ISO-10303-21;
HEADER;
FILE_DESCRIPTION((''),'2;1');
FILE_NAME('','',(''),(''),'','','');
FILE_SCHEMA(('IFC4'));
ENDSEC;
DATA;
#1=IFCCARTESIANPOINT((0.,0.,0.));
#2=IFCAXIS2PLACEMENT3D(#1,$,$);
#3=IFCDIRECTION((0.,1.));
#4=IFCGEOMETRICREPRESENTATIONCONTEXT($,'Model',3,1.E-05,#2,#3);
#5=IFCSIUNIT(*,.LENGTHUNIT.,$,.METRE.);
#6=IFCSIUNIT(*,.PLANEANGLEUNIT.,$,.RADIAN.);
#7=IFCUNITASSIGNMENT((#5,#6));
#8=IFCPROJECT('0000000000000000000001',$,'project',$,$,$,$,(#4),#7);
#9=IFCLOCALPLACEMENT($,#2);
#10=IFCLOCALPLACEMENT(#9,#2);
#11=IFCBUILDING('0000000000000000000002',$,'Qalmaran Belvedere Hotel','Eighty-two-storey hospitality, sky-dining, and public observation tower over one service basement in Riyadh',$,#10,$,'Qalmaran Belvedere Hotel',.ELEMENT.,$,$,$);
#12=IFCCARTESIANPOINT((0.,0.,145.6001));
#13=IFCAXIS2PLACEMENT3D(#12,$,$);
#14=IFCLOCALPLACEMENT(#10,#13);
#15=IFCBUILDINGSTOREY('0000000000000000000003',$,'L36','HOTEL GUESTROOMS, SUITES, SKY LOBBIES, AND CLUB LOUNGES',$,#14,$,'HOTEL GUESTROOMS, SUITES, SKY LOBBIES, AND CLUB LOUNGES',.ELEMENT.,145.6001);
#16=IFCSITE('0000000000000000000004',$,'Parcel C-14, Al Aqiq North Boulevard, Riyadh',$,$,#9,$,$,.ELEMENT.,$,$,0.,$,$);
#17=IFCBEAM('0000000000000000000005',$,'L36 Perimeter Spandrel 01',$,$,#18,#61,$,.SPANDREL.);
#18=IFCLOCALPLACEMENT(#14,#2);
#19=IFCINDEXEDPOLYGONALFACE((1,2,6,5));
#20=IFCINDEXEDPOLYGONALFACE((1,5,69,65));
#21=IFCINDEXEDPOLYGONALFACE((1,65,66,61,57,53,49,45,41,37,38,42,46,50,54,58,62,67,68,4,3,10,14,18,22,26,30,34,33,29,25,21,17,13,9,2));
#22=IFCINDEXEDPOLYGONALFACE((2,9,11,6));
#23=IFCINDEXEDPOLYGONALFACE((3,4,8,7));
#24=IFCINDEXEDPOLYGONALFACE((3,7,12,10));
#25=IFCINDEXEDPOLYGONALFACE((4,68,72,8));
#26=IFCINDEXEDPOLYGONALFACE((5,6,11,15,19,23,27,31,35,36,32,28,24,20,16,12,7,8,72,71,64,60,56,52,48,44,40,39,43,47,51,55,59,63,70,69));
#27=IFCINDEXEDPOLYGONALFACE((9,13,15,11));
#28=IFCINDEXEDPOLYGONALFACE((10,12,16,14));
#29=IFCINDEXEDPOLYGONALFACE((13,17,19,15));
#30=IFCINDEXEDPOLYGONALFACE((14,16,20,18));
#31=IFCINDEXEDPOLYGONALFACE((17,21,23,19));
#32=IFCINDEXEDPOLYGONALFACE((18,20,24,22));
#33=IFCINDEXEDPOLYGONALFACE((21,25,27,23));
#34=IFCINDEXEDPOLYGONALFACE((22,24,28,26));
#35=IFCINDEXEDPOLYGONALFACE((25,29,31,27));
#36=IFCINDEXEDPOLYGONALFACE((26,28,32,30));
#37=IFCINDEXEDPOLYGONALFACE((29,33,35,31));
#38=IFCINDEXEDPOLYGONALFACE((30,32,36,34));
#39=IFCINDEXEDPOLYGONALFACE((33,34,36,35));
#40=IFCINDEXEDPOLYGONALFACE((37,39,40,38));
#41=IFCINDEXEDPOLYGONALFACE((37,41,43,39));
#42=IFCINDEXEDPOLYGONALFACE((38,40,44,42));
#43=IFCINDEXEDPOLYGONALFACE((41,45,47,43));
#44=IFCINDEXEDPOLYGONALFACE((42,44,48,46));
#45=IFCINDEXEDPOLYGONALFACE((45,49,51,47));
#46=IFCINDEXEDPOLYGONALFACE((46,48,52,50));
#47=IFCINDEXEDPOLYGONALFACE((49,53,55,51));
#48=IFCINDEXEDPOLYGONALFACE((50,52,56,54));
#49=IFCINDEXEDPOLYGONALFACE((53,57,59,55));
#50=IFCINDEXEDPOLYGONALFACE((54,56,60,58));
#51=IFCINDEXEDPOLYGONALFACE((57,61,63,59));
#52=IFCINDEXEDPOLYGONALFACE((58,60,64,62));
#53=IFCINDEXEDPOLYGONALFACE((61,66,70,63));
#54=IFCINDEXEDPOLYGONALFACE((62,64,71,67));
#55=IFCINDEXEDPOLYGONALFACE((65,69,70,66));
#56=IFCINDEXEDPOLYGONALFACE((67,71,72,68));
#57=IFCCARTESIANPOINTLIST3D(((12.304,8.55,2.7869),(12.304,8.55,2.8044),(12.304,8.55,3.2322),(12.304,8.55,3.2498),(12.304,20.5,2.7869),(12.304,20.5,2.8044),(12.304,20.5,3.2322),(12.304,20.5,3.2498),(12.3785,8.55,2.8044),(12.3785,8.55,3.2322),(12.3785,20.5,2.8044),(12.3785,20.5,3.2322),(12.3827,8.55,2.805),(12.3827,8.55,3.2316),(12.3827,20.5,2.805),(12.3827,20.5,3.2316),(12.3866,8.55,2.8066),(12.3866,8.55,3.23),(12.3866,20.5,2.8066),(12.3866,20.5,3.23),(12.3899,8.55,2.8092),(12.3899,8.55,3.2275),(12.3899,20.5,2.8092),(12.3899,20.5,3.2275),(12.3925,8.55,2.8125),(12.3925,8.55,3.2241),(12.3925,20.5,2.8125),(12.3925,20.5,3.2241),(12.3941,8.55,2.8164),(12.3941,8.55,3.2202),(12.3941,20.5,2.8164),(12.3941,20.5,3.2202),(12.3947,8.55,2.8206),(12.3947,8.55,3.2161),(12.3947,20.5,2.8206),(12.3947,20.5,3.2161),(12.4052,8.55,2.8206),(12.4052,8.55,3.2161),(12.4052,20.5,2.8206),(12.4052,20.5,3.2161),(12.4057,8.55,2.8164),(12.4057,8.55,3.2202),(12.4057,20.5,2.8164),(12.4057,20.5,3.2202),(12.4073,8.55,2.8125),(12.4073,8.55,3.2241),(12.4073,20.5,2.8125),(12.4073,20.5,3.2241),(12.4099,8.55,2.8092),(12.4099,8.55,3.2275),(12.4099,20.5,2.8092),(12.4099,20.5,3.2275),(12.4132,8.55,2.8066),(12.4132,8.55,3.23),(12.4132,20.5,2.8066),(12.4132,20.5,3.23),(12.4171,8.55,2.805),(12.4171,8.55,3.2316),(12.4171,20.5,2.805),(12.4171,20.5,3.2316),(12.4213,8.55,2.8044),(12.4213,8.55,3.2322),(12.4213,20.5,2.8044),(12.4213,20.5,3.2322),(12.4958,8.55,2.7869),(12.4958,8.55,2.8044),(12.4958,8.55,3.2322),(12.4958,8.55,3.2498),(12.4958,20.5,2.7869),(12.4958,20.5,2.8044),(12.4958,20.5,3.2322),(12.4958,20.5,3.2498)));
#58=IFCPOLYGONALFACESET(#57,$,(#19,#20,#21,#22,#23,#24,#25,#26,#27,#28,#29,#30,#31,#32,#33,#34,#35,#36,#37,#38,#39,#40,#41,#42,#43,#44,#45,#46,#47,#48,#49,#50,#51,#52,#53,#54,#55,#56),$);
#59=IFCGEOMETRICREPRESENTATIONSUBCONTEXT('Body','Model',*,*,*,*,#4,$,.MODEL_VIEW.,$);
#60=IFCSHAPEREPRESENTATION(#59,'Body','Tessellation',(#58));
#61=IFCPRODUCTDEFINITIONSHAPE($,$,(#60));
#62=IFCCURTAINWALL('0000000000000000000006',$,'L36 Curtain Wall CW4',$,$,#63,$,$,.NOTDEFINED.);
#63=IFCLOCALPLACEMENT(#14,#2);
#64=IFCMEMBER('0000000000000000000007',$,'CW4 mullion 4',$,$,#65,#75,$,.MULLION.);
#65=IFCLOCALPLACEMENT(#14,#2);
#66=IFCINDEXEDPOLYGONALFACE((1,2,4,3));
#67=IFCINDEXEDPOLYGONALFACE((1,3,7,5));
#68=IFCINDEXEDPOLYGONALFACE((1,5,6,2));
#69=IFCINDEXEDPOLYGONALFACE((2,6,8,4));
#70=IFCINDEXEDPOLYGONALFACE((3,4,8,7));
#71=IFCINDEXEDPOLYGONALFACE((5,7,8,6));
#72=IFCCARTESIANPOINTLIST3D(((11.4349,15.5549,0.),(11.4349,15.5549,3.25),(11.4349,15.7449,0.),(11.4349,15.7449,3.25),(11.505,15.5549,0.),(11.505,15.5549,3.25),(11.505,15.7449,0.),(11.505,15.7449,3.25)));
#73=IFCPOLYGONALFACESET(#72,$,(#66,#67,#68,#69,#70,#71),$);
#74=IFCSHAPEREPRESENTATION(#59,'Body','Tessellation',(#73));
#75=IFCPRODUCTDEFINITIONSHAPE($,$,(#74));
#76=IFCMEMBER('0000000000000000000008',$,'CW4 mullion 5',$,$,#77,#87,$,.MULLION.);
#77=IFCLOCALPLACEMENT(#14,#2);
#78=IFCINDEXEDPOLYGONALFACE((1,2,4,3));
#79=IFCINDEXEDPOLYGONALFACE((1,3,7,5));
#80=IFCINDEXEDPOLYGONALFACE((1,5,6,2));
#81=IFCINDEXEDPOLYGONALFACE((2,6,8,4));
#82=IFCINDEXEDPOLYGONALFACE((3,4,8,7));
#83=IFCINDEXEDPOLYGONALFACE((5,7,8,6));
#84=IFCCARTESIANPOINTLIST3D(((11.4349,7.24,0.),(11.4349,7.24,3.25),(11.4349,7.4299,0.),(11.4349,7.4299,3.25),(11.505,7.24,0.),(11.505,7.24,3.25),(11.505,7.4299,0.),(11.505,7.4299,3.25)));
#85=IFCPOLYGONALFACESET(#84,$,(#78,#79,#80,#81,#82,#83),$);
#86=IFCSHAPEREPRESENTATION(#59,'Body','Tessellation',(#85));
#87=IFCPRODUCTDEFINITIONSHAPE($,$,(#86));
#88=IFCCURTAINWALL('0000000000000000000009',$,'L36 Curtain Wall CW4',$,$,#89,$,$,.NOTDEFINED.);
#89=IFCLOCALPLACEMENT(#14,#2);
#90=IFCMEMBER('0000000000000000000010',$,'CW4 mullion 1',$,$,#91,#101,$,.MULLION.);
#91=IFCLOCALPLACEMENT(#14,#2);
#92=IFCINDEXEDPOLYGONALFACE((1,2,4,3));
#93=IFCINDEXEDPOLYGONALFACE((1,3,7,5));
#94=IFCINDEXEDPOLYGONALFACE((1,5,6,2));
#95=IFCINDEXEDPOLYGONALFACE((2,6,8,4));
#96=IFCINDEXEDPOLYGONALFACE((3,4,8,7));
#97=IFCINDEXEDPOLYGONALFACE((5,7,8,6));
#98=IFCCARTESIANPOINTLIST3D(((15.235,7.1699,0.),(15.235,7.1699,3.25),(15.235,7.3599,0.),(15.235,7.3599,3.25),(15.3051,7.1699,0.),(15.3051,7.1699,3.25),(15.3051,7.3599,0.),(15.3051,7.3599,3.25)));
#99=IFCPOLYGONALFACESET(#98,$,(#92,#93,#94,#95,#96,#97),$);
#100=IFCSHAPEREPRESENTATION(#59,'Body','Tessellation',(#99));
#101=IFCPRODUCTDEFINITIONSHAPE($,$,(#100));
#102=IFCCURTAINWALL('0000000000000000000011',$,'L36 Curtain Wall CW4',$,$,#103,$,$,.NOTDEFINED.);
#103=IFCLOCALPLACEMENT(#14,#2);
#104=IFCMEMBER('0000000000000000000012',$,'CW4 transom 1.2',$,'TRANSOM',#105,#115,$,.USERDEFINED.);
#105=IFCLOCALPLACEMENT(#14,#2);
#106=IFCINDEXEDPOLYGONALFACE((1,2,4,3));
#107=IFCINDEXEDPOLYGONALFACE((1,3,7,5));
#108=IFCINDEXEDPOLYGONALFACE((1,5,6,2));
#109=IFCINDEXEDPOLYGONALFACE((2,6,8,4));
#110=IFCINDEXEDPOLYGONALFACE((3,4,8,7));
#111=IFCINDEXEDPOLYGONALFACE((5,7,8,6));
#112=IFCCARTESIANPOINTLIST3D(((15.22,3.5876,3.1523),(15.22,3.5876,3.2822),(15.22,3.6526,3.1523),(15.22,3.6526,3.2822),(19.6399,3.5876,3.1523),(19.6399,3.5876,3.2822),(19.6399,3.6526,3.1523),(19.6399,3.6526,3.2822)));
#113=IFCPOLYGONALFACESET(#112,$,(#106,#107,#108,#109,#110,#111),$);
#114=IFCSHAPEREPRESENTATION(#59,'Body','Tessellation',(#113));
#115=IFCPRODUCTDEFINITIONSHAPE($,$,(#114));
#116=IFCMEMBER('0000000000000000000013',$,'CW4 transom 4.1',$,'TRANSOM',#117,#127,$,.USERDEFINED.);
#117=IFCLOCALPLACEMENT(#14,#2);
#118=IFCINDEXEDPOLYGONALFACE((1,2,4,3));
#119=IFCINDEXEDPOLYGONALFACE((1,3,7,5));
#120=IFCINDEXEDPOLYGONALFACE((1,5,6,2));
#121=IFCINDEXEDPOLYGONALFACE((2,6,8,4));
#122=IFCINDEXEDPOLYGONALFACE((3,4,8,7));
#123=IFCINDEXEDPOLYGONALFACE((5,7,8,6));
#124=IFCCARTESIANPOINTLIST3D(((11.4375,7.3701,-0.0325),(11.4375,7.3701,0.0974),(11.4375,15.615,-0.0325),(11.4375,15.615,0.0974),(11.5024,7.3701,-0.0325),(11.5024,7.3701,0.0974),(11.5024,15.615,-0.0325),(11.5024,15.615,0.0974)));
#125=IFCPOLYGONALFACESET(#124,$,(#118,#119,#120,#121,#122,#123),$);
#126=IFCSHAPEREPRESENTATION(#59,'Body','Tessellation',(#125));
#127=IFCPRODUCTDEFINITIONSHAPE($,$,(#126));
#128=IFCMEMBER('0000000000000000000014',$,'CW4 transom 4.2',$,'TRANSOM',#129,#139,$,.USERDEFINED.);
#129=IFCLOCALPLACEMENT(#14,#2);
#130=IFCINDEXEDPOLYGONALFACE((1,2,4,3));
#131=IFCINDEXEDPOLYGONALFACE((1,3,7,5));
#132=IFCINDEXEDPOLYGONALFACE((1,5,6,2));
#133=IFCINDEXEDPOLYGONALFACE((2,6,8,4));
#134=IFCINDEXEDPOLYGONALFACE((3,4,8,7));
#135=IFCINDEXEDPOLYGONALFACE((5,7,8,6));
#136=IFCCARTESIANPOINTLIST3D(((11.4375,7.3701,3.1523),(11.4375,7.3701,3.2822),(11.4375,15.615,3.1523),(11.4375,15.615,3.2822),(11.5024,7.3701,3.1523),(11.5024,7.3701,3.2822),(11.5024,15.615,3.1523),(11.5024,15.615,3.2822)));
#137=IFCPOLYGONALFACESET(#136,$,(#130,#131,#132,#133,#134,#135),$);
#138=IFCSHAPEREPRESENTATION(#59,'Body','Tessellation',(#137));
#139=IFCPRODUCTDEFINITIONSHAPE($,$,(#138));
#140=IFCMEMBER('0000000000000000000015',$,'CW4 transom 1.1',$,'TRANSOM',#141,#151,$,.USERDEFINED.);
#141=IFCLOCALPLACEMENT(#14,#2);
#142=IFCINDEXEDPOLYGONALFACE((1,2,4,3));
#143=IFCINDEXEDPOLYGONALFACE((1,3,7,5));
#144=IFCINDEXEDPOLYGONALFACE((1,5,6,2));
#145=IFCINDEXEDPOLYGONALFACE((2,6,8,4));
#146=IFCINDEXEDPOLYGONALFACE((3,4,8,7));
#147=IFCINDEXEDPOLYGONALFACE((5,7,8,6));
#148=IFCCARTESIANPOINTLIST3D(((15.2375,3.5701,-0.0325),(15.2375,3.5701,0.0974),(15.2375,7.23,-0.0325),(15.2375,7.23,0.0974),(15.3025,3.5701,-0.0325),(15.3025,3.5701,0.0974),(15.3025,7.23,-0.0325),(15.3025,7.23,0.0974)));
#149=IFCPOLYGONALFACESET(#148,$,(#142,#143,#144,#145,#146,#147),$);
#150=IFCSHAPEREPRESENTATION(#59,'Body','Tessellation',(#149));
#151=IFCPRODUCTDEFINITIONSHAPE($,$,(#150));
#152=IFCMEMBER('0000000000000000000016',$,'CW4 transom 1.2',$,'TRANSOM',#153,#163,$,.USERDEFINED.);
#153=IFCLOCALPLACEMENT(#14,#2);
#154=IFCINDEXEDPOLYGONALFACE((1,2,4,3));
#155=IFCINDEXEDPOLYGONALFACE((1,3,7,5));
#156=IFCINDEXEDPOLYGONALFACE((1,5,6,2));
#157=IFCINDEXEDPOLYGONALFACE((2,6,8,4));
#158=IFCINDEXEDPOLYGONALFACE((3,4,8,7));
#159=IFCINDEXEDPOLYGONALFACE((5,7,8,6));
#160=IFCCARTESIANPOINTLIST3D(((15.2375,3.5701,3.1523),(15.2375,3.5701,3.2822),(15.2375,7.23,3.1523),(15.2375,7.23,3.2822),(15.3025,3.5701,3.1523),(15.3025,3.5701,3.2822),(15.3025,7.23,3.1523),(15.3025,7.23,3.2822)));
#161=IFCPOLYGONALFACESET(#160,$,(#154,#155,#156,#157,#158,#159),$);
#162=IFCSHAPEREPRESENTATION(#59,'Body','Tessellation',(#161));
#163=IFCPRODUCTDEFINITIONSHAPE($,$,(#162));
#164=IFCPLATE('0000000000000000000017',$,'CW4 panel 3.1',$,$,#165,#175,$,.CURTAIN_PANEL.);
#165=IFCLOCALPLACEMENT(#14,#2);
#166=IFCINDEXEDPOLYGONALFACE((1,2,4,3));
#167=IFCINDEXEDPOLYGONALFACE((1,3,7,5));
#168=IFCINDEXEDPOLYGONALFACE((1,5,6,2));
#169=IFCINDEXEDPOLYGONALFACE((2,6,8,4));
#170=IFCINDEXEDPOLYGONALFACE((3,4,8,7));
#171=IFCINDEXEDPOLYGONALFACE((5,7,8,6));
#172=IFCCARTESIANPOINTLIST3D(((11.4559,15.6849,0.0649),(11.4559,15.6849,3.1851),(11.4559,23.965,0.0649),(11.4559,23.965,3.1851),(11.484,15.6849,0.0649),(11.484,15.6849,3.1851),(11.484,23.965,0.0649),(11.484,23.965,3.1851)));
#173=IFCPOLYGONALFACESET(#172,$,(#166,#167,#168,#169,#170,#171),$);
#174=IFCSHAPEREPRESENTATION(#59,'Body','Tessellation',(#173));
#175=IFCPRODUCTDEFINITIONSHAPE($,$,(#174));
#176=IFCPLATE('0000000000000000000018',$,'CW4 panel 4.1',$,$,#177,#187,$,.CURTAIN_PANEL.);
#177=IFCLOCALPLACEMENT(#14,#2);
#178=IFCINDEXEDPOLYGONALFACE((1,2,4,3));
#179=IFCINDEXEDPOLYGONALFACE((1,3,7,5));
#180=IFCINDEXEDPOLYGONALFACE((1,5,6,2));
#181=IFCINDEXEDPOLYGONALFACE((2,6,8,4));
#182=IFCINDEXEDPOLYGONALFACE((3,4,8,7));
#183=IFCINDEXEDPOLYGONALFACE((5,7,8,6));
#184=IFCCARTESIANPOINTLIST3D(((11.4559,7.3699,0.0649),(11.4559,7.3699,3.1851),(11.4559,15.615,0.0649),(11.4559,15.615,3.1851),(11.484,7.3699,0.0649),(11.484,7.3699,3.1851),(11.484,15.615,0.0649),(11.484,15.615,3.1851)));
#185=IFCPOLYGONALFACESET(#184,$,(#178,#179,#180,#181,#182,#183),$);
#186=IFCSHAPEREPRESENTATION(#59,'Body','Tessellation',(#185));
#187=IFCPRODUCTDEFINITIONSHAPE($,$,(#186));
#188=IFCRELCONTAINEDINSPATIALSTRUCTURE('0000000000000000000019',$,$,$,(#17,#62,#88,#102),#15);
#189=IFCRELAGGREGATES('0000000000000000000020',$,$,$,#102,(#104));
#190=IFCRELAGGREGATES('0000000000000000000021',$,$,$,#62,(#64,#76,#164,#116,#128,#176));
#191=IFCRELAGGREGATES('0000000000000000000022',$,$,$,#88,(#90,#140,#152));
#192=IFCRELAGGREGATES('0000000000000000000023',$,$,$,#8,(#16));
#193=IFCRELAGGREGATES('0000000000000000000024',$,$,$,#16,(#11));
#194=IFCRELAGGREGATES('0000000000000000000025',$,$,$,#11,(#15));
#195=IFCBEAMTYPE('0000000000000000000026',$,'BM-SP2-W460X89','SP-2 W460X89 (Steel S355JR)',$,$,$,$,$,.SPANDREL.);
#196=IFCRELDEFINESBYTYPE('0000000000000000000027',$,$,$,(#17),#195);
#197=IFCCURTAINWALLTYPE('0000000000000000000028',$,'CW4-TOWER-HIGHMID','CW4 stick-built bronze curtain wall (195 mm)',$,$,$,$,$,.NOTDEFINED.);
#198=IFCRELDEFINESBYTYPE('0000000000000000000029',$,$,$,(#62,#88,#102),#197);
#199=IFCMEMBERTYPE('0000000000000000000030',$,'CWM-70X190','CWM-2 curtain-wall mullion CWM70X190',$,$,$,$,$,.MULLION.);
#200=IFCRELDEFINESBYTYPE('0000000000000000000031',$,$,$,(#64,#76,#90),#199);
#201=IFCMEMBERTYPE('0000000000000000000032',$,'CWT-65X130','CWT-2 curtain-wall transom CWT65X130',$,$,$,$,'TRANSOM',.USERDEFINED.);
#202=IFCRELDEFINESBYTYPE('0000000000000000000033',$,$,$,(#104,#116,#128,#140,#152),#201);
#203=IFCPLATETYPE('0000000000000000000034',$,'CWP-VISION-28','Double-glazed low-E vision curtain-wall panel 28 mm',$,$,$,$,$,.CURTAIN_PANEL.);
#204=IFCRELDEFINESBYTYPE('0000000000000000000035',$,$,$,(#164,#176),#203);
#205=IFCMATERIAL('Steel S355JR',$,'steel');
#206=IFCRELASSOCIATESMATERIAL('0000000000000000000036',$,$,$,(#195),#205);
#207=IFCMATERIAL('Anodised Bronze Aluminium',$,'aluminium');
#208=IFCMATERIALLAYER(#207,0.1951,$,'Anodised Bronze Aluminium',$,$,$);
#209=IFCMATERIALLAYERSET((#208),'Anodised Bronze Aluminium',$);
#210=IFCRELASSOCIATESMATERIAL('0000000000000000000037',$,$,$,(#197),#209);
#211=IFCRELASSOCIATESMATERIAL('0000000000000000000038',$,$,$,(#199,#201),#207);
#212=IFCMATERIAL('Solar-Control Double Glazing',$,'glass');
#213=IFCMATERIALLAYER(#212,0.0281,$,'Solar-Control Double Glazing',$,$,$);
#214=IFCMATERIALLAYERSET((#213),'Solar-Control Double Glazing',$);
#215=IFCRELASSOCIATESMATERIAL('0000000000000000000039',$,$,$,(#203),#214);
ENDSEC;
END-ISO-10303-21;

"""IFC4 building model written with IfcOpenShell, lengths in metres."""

from ifc_helpers import new_model, si_unit, direction, frame, origin, origin_2d, place, context, subcontext, project, spatial, rectangle, i_section, extrude, material, layer, layer_set, material_profile, profile_set, type_object, element, aggregate, save


model = new_model("IFC4")

# Units and contexts
model_context = context("Model", 3, precision=1e-05, world=origin(), true_north=direction((0.0, 1.0)))
body_context = subcontext(model_context, "Body", "Model", "MODEL_VIEW")
ifc_project = project(units=[si_unit("LENGTHUNIT", "METRE"), si_unit("PLANEANGLEUNIT", "RADIAN")], contexts=[model_context])

# Site, building, storey
site_placement = place(None, origin())
site = spatial("IfcSite", under=ifc_project, at=site_placement, Name="Parcel C-14, Al Aqiq North Boulevard, Riyadh", CompositionType="ELEMENT", RefElevation=0.0)
building_placement = place(site_placement, origin())
building = spatial("IfcBuilding", under=site, at=building_placement, Name="Qalmaran Belvedere Hotel", Description="Eighty-two-storey hospitality, sky-dining, and public observation tower over one service basement in Riyadh", LongName="Qalmaran Belvedere Hotel", CompositionType="ELEMENT")
storey_placement = place(building_placement, frame((0.0, 0.0, 145.6001)))
storey = spatial("IfcBuildingStorey", under=building, at=storey_placement, Name="L36", Description="HOTEL GUESTROOMS, SUITES, SKY LOBBIES, AND CLUB LOUNGES", LongName="HOTEL GUESTROOMS, SUITES, SKY LOBBIES, AND CLUB LOUNGES", CompositionType="ELEMENT", Elevation=145.6001)

# Beam
ifc_material_1 = material(Name="Steel S355JR", Category="steel")
ifc_material_profile_1 = material_profile(ifc_material_1, i_section(OverallWidth=0.1919, OverallDepth=0.4629, WebThickness=0.0105, FlangeThickness=0.0176, FilletRadius=0.0161, at=origin_2d()), Name="W460X89")
ifc_profile_set_1 = profile_set([ifc_material_profile_1], Name="Steel S355JR")
beam_type_1 = type_object("IfcBeamType", Name="BM-SP2-W460X89", Description="SP-2 W460X89 (Steel S355JR)", PredefinedType="SPANDREL", material=ifc_profile_set_1)
beam_1_placement = place(storey_placement, frame((12.3999, 8.55, 3.0183), z_axis=(0.0, 1.0, 0.0), x_axis=(-1.0, 0.0, 0.0)))
element("IfcBeam", 1, at=beam_1_placement, inside=storey, type_object=beam_type_1, Name="L36 Perimeter Spandrel 01", PredefinedType="SPANDREL", context=body_context, shape_type="SweptSolid", body=[
    extrude(i_section(OverallWidth=0.1919, OverallDepth=0.4629, WebThickness=0.0105, FlangeThickness=0.0176, FilletRadius=0.0161, at=origin_2d()), origin(), (0.0, 0.0, 1.0), 11.95),
])

# Curtain wall, members
ifc_material_2 = material(Name="Anodised Bronze Aluminium", Category="aluminium")
ifc_layer_1 = layer(ifc_material_2, 0.1951, Name="Anodised Bronze Aluminium")
ifc_layer_set_1 = layer_set([ifc_layer_1], Name="Anodised Bronze Aluminium")
curtain_wall_type = type_object("IfcCurtainWallType", Name="CW4-TOWER-HIGHMID", Description="CW4 stick-built bronze curtain wall (195 mm)", PredefinedType="NOTDEFINED", material=ifc_layer_set_1)
curtain_wall_1_placement = place(storey_placement, origin())
curtain_wall_1 = element("IfcCurtainWall", 2, at=curtain_wall_1_placement, inside=storey, type_object=curtain_wall_type, Name="L36 Curtain Wall CW4", PredefinedType="NOTDEFINED")
ifc_material_profile_2 = material_profile(ifc_material_2, rectangle(XDim=0.0701, YDim=0.1899, at=origin_2d()), Name="CWM70X190")
ifc_profile_set_2 = profile_set([ifc_material_profile_2], Name="Anodised Bronze Aluminium")
member_type_1 = type_object("IfcMemberType", Name="CWM-70X190", Description="CWM-2 curtain-wall mullion CWM70X190", PredefinedType="MULLION", material=ifc_profile_set_2)
member_1_placement = place(storey_placement, frame((11.47, 15.6499, 0.0), z_axis=(0.0, 0.0, 1.0), x_axis=(1.0, 0.0, 0.0)))
member_1 = element("IfcMember", 3, at=member_1_placement, type_object=member_type_1, Name="CW4 mullion 4", PredefinedType="MULLION", context=body_context, shape_type="SweptSolid", body=[
    extrude(rectangle(XDim=0.0701, YDim=0.1899, at=origin_2d()), origin(), (0.0, 0.0, 1.0), 3.25),
])
member_2_placement = place(storey_placement, frame((11.47, 7.335, 0.0), z_axis=(0.0, 0.0, 1.0), x_axis=(1.0, 0.0, 0.0)))
member_2 = element("IfcMember", 4, at=member_2_placement, type_object=member_type_1, Name="CW4 mullion 5", PredefinedType="MULLION", context=body_context, shape_type="SweptSolid", body=[
    extrude(rectangle(XDim=0.0701, YDim=0.1899, at=origin_2d()), origin(), (0.0, 0.0, 1.0), 3.25),
])

# Curtain walls, members
curtain_wall_2_placement = place(storey_placement, origin())
curtain_wall_2 = element("IfcCurtainWall", 5, at=curtain_wall_2_placement, inside=storey, type_object=curtain_wall_type, Name="L36 Curtain Wall CW4", PredefinedType="NOTDEFINED")
member_3_placement = place(storey_placement, frame((15.27, 7.2649, 0.0), z_axis=(0.0, 0.0, 1.0), x_axis=(1.0, 0.0, 0.0)))
member_3 = element("IfcMember", 6, at=member_3_placement, type_object=member_type_1, Name="CW4 mullion 1", PredefinedType="MULLION", context=body_context, shape_type="SweptSolid", body=[
    extrude(rectangle(XDim=0.0701, YDim=0.1899, at=origin_2d()), origin(), (0.0, 0.0, 1.0), 3.25),
])
curtain_wall_3_placement = place(storey_placement, origin())
curtain_wall_3 = element("IfcCurtainWall", 7, at=curtain_wall_3_placement, inside=storey, type_object=curtain_wall_type, Name="L36 Curtain Wall CW4", PredefinedType="NOTDEFINED")
ifc_material_profile_3 = material_profile(ifc_material_2, rectangle(XDim=0.0649, YDim=0.1299, at=origin_2d()), Name="CWT65X130")
ifc_profile_set_3 = profile_set([ifc_material_profile_3], Name="Anodised Bronze Aluminium")
member_type_2 = type_object("IfcMemberType", Name="CWT-65X130", Description="CWT-2 curtain-wall transom CWT65X130", ElementType="TRANSOM", PredefinedType="USERDEFINED", material=ifc_profile_set_3)
member_4_placement = place(storey_placement, frame((15.22, 3.6201, 3.2173), z_axis=(1.0, 0.0, 0.0), x_axis=(0.0, 1.0, 0.0)))
member_4 = element("IfcMember", 8, at=member_4_placement, type_object=member_type_2, Name="CW4 transom 1.2", ObjectType="TRANSOM", PredefinedType="USERDEFINED", context=body_context, shape_type="SweptSolid", body=[
    extrude(rectangle(XDim=0.0649, YDim=0.1299, at=origin_2d()), origin(), (0.0, 0.0, 1.0), 4.4199),
])
aggregate(curtain_wall_3, [member_4])

# Members
member_5_placement = place(storey_placement, frame((11.47, 15.615, 0.0325), z_axis=(0.0, -1.0, 0.0), x_axis=(1.0, 0.0, 0.0)))
member_5 = element("IfcMember", 9, at=member_5_placement, type_object=member_type_2, Name="CW4 transom 4.1", ObjectType="TRANSOM", PredefinedType="USERDEFINED", context=body_context, shape_type="SweptSolid", body=[
    extrude(rectangle(XDim=0.0649, YDim=0.1299, at=origin_2d()), origin(), (0.0, 0.0, 1.0), 8.2449),
])
member_6_placement = place(storey_placement, frame((11.47, 15.615, 3.2173), z_axis=(0.0, -1.0, 0.0), x_axis=(1.0, 0.0, 0.0)))
member_6 = element("IfcMember", 10, at=member_6_placement, type_object=member_type_2, Name="CW4 transom 4.2", ObjectType="TRANSOM", PredefinedType="USERDEFINED", context=body_context, shape_type="SweptSolid", body=[
    extrude(rectangle(XDim=0.0649, YDim=0.1299, at=origin_2d()), origin(), (0.0, 0.0, 1.0), 8.2449),
])
member_7_placement = place(storey_placement, frame((15.27, 7.23, 0.0325), z_axis=(0.0, -1.0, 0.0), x_axis=(1.0, 0.0, 0.0)))
member_7 = element("IfcMember", 11, at=member_7_placement, type_object=member_type_2, Name="CW4 transom 1.1", ObjectType="TRANSOM", PredefinedType="USERDEFINED", context=body_context, shape_type="SweptSolid", body=[
    extrude(rectangle(XDim=0.0649, YDim=0.1299, at=origin_2d()), origin(), (0.0, 0.0, 1.0), 3.6599),
])
member_8_placement = place(storey_placement, frame((15.27, 7.23, 3.2173), z_axis=(0.0, -1.0, 0.0), x_axis=(1.0, 0.0, 0.0)))
member_8 = element("IfcMember", 12, at=member_8_placement, type_object=member_type_2, Name="CW4 transom 1.2", ObjectType="TRANSOM", PredefinedType="USERDEFINED", context=body_context, shape_type="SweptSolid", body=[
    extrude(rectangle(XDim=0.0649, YDim=0.1299, at=origin_2d()), origin(), (0.0, 0.0, 1.0), 3.6599),
])

# Plates
ifc_material_3 = material(Name="Solar-Control Double Glazing", Category="glass")
ifc_layer_2 = layer(ifc_material_3, 0.0281, Name="Solar-Control Double Glazing")
ifc_layer_set_2 = layer_set([ifc_layer_2], Name="Solar-Control Double Glazing")
plate_type = type_object("IfcPlateType", Name="CWP-VISION-28", Description="Double-glazed low-E vision curtain-wall panel 28 mm", PredefinedType="CURTAIN_PANEL", material=ifc_layer_set_2)
plate_1_placement = place(storey_placement, frame((11.47, 19.825, 0.0649), z_axis=(0.0, 0.0, 1.0), x_axis=(0.0, -1.0, 0.0)))
plate_1 = element("IfcPlate", 13, at=plate_1_placement, type_object=plate_type, Name="CW4 panel 3.1", PredefinedType="CURTAIN_PANEL", context=body_context, shape_type="SweptSolid", body=[
    extrude(rectangle(XDim=8.28, YDim=0.0281, at=origin_2d()), origin(), (0.0, 0.0, 1.0), 3.1201),
])
plate_2_placement = place(storey_placement, frame((11.47, 11.4924, 0.0649), z_axis=(0.0, 0.0, 1.0), x_axis=(0.0, -1.0, 0.0)))
plate_2 = element("IfcPlate", 14, at=plate_2_placement, type_object=plate_type, Name="CW4 panel 4.1", PredefinedType="CURTAIN_PANEL", context=body_context, shape_type="SweptSolid", body=[
    extrude(rectangle(XDim=8.2451, YDim=0.0281, at=origin_2d()), origin(), (0.0, 0.0, 1.0), 3.1201),
])
aggregate(curtain_wall_1, [member_1, member_2, plate_1, member_5, member_6, plate_2])
aggregate(curtain_wall_2, [member_3, member_7, member_8])

save(model, "model.ifc")
